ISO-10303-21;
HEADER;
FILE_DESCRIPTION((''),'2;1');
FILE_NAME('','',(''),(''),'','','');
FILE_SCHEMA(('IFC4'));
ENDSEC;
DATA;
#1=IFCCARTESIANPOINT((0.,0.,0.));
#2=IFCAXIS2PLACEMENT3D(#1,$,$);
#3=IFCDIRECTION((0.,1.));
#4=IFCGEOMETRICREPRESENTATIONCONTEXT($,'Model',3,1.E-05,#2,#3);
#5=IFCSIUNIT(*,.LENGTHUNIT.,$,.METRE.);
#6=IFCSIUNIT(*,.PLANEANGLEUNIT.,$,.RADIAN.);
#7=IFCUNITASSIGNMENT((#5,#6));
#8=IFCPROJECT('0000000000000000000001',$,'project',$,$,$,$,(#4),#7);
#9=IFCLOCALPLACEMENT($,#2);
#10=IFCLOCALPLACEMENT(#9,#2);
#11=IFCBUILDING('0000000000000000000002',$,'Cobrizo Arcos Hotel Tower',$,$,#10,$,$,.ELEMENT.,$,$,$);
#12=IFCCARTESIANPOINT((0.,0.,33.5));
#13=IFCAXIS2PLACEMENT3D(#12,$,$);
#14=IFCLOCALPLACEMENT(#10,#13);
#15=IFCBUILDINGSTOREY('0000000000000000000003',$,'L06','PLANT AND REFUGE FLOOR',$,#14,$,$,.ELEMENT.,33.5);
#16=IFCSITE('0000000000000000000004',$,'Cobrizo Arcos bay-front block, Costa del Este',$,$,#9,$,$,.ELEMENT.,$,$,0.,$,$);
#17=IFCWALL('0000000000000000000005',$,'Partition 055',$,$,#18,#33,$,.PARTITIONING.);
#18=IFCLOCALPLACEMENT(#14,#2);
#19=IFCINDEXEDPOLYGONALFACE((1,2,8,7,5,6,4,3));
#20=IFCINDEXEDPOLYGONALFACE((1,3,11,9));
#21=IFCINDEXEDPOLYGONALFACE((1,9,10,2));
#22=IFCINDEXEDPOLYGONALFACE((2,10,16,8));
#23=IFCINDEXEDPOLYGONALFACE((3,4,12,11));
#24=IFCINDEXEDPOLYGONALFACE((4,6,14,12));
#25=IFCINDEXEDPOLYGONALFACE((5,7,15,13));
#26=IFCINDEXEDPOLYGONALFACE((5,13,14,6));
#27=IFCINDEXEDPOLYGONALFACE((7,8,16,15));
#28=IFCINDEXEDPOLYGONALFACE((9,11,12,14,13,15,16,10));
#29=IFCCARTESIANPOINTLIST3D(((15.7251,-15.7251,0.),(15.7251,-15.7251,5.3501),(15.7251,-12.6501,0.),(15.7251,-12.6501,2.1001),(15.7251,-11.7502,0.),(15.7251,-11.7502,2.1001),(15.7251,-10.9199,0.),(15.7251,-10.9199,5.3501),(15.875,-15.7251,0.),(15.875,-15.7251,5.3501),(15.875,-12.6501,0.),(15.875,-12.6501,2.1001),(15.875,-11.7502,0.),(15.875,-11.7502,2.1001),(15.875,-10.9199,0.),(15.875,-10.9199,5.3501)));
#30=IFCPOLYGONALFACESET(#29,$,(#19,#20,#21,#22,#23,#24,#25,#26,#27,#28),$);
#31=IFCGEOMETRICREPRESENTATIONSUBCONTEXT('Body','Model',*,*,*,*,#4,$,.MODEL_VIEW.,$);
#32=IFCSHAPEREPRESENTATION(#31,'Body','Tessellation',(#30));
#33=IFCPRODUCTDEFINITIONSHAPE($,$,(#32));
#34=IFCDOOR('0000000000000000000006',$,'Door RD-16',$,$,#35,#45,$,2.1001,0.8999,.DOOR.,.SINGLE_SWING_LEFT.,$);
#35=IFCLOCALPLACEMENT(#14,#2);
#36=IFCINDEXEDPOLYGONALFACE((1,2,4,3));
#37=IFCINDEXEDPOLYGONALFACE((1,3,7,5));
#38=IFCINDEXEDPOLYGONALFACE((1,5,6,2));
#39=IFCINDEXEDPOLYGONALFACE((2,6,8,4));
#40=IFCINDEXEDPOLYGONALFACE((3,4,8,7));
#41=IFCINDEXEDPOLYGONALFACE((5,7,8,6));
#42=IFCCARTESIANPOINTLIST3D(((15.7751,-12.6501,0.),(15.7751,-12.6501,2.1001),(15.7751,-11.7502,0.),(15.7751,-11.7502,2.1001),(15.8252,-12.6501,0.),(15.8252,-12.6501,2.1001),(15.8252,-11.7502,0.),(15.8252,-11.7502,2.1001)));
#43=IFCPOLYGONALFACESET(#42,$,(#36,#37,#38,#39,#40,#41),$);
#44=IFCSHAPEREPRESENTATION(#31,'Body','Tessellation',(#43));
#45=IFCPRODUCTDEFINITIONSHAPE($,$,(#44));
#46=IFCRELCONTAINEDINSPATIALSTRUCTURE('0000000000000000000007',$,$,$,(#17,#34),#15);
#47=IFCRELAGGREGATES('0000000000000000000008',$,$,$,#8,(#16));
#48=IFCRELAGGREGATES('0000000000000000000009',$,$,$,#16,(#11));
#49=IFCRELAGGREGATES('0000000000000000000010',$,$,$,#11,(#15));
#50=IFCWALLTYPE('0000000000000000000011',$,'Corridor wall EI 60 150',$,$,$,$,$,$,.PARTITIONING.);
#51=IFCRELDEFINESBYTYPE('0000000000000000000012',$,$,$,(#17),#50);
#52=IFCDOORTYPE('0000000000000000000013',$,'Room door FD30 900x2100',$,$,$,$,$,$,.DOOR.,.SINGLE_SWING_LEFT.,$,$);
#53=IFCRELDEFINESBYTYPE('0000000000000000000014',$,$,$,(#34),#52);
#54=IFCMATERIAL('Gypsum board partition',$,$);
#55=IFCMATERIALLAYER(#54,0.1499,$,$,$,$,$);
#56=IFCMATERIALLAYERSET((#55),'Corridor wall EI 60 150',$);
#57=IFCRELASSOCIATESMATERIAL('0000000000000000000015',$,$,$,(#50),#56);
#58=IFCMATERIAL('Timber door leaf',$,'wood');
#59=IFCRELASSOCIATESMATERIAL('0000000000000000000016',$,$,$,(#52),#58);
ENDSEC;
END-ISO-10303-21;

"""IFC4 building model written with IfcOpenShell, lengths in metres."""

from ifc_helpers import new_model, si_unit, direction, frame, frame_2d, origin, place, context, subcontext, project, spatial, rectangle, extrude, material, layer, layer_set, type_object, element, fill, save


model = new_model("IFC4")

# Units and contexts
model_context = context("Model", 3, precision=1e-05, world=origin(), true_north=direction((0.0, 1.0)))
body_context = subcontext(model_context, "Body", "Model", "MODEL_VIEW")
ifc_project = project(units=[si_unit("LENGTHUNIT", "METRE"), si_unit("PLANEANGLEUNIT", "RADIAN")], contexts=[model_context])

# Site, building, storey
site_placement = place(None, origin())
site = spatial("IfcSite", under=ifc_project, at=site_placement, Name="Cobrizo Arcos bay-front block, Costa del Este", CompositionType="ELEMENT", RefElevation=0.0)
building_placement = place(site_placement, origin())
building = spatial("IfcBuilding", under=site, at=building_placement, Name="Cobrizo Arcos Hotel Tower", CompositionType="ELEMENT")
storey_placement = place(building_placement, frame((0.0, 0.0, 33.5)))
storey = spatial("IfcBuildingStorey", under=building, at=storey_placement, Name="L06", Description="PLANT AND REFUGE FLOOR", CompositionType="ELEMENT", Elevation=33.5)

# Shared definitions
ifc_material_1 = material(Name="Gypsum board partition")
ifc_layer_1 = layer(ifc_material_1, 0.1499)
ifc_layer_set_1 = layer_set([ifc_layer_1], Name="Corridor wall EI 60 150")
wall_type_1 = type_object("IfcWallType", Name="Corridor wall EI 60 150", PredefinedType="PARTITIONING", material=ifc_layer_set_1)

# Wall, opening, door
wall_1_placement = place(storey_placement, frame((15.8, -15.7251, 0.0), z_axis=(0.0, 0.0, 1.0), x_axis=(0.0, 1.0, 0.0)))
wall_1 = element("IfcWall", 1, at=wall_1_placement, inside=storey, type_object=wall_type_1, Name="Partition 055", PredefinedType="PARTITIONING", context=body_context, shape_type="SweptSolid", body=[
    extrude(rectangle(XDim=4.8052, YDim=0.1499, at=frame_2d((2.4026, 0.0))), origin(), (0.0, 0.0, 1.0), 5.3501),
])
opening_1_placement = place(wall_1_placement, frame((3.075, 0.0, 0.0)))
opening_1 = element("IfcOpeningElement", 2, at=opening_1_placement, cuts=wall_1, PredefinedType="OPENING", context=body_context, shape_type="SweptSolid", body=[
    extrude(rectangle(XDim=0.8999, YDim=2.1001, at=frame_2d((0.45, 1.05))), frame((0.0, 0.0869, 0.0), z_axis=(0.0, -1.0, 0.0), x_axis=(1.0, 0.0, 0.0)), (0.0, 0.0, 1.0), 0.1738),
])
ifc_material_2 = material(Name="Timber door leaf", Category="wood")
door_type_1 = type_object("IfcDoorType", Name="Room door FD30 900x2100", OperationType="SINGLE_SWING_LEFT", PredefinedType="DOOR", material=ifc_material_2)
door_1_placement = place(opening_1_placement, origin())
door_1 = element("IfcDoor", 3, at=door_1_placement, inside=storey, type_object=door_type_1, Name="Door RD-16", OperationType="SINGLE_SWING_LEFT", OverallHeight=2.1001, OverallWidth=0.8999, PredefinedType="DOOR", context=body_context, shape_type="SweptSolid", body=[
    extrude(rectangle(XDim=0.8999, YDim=2.1001, at=frame_2d((0.45, 1.05))), frame((0.0, 0.0249, 0.0), z_axis=(0.0, -1.0, 0.0), x_axis=(1.0, 0.0, 0.0)), (0.0, 0.0, 1.0), 0.05),
])
fill(opening_1, door_1)

save(model, "model.ifc")
